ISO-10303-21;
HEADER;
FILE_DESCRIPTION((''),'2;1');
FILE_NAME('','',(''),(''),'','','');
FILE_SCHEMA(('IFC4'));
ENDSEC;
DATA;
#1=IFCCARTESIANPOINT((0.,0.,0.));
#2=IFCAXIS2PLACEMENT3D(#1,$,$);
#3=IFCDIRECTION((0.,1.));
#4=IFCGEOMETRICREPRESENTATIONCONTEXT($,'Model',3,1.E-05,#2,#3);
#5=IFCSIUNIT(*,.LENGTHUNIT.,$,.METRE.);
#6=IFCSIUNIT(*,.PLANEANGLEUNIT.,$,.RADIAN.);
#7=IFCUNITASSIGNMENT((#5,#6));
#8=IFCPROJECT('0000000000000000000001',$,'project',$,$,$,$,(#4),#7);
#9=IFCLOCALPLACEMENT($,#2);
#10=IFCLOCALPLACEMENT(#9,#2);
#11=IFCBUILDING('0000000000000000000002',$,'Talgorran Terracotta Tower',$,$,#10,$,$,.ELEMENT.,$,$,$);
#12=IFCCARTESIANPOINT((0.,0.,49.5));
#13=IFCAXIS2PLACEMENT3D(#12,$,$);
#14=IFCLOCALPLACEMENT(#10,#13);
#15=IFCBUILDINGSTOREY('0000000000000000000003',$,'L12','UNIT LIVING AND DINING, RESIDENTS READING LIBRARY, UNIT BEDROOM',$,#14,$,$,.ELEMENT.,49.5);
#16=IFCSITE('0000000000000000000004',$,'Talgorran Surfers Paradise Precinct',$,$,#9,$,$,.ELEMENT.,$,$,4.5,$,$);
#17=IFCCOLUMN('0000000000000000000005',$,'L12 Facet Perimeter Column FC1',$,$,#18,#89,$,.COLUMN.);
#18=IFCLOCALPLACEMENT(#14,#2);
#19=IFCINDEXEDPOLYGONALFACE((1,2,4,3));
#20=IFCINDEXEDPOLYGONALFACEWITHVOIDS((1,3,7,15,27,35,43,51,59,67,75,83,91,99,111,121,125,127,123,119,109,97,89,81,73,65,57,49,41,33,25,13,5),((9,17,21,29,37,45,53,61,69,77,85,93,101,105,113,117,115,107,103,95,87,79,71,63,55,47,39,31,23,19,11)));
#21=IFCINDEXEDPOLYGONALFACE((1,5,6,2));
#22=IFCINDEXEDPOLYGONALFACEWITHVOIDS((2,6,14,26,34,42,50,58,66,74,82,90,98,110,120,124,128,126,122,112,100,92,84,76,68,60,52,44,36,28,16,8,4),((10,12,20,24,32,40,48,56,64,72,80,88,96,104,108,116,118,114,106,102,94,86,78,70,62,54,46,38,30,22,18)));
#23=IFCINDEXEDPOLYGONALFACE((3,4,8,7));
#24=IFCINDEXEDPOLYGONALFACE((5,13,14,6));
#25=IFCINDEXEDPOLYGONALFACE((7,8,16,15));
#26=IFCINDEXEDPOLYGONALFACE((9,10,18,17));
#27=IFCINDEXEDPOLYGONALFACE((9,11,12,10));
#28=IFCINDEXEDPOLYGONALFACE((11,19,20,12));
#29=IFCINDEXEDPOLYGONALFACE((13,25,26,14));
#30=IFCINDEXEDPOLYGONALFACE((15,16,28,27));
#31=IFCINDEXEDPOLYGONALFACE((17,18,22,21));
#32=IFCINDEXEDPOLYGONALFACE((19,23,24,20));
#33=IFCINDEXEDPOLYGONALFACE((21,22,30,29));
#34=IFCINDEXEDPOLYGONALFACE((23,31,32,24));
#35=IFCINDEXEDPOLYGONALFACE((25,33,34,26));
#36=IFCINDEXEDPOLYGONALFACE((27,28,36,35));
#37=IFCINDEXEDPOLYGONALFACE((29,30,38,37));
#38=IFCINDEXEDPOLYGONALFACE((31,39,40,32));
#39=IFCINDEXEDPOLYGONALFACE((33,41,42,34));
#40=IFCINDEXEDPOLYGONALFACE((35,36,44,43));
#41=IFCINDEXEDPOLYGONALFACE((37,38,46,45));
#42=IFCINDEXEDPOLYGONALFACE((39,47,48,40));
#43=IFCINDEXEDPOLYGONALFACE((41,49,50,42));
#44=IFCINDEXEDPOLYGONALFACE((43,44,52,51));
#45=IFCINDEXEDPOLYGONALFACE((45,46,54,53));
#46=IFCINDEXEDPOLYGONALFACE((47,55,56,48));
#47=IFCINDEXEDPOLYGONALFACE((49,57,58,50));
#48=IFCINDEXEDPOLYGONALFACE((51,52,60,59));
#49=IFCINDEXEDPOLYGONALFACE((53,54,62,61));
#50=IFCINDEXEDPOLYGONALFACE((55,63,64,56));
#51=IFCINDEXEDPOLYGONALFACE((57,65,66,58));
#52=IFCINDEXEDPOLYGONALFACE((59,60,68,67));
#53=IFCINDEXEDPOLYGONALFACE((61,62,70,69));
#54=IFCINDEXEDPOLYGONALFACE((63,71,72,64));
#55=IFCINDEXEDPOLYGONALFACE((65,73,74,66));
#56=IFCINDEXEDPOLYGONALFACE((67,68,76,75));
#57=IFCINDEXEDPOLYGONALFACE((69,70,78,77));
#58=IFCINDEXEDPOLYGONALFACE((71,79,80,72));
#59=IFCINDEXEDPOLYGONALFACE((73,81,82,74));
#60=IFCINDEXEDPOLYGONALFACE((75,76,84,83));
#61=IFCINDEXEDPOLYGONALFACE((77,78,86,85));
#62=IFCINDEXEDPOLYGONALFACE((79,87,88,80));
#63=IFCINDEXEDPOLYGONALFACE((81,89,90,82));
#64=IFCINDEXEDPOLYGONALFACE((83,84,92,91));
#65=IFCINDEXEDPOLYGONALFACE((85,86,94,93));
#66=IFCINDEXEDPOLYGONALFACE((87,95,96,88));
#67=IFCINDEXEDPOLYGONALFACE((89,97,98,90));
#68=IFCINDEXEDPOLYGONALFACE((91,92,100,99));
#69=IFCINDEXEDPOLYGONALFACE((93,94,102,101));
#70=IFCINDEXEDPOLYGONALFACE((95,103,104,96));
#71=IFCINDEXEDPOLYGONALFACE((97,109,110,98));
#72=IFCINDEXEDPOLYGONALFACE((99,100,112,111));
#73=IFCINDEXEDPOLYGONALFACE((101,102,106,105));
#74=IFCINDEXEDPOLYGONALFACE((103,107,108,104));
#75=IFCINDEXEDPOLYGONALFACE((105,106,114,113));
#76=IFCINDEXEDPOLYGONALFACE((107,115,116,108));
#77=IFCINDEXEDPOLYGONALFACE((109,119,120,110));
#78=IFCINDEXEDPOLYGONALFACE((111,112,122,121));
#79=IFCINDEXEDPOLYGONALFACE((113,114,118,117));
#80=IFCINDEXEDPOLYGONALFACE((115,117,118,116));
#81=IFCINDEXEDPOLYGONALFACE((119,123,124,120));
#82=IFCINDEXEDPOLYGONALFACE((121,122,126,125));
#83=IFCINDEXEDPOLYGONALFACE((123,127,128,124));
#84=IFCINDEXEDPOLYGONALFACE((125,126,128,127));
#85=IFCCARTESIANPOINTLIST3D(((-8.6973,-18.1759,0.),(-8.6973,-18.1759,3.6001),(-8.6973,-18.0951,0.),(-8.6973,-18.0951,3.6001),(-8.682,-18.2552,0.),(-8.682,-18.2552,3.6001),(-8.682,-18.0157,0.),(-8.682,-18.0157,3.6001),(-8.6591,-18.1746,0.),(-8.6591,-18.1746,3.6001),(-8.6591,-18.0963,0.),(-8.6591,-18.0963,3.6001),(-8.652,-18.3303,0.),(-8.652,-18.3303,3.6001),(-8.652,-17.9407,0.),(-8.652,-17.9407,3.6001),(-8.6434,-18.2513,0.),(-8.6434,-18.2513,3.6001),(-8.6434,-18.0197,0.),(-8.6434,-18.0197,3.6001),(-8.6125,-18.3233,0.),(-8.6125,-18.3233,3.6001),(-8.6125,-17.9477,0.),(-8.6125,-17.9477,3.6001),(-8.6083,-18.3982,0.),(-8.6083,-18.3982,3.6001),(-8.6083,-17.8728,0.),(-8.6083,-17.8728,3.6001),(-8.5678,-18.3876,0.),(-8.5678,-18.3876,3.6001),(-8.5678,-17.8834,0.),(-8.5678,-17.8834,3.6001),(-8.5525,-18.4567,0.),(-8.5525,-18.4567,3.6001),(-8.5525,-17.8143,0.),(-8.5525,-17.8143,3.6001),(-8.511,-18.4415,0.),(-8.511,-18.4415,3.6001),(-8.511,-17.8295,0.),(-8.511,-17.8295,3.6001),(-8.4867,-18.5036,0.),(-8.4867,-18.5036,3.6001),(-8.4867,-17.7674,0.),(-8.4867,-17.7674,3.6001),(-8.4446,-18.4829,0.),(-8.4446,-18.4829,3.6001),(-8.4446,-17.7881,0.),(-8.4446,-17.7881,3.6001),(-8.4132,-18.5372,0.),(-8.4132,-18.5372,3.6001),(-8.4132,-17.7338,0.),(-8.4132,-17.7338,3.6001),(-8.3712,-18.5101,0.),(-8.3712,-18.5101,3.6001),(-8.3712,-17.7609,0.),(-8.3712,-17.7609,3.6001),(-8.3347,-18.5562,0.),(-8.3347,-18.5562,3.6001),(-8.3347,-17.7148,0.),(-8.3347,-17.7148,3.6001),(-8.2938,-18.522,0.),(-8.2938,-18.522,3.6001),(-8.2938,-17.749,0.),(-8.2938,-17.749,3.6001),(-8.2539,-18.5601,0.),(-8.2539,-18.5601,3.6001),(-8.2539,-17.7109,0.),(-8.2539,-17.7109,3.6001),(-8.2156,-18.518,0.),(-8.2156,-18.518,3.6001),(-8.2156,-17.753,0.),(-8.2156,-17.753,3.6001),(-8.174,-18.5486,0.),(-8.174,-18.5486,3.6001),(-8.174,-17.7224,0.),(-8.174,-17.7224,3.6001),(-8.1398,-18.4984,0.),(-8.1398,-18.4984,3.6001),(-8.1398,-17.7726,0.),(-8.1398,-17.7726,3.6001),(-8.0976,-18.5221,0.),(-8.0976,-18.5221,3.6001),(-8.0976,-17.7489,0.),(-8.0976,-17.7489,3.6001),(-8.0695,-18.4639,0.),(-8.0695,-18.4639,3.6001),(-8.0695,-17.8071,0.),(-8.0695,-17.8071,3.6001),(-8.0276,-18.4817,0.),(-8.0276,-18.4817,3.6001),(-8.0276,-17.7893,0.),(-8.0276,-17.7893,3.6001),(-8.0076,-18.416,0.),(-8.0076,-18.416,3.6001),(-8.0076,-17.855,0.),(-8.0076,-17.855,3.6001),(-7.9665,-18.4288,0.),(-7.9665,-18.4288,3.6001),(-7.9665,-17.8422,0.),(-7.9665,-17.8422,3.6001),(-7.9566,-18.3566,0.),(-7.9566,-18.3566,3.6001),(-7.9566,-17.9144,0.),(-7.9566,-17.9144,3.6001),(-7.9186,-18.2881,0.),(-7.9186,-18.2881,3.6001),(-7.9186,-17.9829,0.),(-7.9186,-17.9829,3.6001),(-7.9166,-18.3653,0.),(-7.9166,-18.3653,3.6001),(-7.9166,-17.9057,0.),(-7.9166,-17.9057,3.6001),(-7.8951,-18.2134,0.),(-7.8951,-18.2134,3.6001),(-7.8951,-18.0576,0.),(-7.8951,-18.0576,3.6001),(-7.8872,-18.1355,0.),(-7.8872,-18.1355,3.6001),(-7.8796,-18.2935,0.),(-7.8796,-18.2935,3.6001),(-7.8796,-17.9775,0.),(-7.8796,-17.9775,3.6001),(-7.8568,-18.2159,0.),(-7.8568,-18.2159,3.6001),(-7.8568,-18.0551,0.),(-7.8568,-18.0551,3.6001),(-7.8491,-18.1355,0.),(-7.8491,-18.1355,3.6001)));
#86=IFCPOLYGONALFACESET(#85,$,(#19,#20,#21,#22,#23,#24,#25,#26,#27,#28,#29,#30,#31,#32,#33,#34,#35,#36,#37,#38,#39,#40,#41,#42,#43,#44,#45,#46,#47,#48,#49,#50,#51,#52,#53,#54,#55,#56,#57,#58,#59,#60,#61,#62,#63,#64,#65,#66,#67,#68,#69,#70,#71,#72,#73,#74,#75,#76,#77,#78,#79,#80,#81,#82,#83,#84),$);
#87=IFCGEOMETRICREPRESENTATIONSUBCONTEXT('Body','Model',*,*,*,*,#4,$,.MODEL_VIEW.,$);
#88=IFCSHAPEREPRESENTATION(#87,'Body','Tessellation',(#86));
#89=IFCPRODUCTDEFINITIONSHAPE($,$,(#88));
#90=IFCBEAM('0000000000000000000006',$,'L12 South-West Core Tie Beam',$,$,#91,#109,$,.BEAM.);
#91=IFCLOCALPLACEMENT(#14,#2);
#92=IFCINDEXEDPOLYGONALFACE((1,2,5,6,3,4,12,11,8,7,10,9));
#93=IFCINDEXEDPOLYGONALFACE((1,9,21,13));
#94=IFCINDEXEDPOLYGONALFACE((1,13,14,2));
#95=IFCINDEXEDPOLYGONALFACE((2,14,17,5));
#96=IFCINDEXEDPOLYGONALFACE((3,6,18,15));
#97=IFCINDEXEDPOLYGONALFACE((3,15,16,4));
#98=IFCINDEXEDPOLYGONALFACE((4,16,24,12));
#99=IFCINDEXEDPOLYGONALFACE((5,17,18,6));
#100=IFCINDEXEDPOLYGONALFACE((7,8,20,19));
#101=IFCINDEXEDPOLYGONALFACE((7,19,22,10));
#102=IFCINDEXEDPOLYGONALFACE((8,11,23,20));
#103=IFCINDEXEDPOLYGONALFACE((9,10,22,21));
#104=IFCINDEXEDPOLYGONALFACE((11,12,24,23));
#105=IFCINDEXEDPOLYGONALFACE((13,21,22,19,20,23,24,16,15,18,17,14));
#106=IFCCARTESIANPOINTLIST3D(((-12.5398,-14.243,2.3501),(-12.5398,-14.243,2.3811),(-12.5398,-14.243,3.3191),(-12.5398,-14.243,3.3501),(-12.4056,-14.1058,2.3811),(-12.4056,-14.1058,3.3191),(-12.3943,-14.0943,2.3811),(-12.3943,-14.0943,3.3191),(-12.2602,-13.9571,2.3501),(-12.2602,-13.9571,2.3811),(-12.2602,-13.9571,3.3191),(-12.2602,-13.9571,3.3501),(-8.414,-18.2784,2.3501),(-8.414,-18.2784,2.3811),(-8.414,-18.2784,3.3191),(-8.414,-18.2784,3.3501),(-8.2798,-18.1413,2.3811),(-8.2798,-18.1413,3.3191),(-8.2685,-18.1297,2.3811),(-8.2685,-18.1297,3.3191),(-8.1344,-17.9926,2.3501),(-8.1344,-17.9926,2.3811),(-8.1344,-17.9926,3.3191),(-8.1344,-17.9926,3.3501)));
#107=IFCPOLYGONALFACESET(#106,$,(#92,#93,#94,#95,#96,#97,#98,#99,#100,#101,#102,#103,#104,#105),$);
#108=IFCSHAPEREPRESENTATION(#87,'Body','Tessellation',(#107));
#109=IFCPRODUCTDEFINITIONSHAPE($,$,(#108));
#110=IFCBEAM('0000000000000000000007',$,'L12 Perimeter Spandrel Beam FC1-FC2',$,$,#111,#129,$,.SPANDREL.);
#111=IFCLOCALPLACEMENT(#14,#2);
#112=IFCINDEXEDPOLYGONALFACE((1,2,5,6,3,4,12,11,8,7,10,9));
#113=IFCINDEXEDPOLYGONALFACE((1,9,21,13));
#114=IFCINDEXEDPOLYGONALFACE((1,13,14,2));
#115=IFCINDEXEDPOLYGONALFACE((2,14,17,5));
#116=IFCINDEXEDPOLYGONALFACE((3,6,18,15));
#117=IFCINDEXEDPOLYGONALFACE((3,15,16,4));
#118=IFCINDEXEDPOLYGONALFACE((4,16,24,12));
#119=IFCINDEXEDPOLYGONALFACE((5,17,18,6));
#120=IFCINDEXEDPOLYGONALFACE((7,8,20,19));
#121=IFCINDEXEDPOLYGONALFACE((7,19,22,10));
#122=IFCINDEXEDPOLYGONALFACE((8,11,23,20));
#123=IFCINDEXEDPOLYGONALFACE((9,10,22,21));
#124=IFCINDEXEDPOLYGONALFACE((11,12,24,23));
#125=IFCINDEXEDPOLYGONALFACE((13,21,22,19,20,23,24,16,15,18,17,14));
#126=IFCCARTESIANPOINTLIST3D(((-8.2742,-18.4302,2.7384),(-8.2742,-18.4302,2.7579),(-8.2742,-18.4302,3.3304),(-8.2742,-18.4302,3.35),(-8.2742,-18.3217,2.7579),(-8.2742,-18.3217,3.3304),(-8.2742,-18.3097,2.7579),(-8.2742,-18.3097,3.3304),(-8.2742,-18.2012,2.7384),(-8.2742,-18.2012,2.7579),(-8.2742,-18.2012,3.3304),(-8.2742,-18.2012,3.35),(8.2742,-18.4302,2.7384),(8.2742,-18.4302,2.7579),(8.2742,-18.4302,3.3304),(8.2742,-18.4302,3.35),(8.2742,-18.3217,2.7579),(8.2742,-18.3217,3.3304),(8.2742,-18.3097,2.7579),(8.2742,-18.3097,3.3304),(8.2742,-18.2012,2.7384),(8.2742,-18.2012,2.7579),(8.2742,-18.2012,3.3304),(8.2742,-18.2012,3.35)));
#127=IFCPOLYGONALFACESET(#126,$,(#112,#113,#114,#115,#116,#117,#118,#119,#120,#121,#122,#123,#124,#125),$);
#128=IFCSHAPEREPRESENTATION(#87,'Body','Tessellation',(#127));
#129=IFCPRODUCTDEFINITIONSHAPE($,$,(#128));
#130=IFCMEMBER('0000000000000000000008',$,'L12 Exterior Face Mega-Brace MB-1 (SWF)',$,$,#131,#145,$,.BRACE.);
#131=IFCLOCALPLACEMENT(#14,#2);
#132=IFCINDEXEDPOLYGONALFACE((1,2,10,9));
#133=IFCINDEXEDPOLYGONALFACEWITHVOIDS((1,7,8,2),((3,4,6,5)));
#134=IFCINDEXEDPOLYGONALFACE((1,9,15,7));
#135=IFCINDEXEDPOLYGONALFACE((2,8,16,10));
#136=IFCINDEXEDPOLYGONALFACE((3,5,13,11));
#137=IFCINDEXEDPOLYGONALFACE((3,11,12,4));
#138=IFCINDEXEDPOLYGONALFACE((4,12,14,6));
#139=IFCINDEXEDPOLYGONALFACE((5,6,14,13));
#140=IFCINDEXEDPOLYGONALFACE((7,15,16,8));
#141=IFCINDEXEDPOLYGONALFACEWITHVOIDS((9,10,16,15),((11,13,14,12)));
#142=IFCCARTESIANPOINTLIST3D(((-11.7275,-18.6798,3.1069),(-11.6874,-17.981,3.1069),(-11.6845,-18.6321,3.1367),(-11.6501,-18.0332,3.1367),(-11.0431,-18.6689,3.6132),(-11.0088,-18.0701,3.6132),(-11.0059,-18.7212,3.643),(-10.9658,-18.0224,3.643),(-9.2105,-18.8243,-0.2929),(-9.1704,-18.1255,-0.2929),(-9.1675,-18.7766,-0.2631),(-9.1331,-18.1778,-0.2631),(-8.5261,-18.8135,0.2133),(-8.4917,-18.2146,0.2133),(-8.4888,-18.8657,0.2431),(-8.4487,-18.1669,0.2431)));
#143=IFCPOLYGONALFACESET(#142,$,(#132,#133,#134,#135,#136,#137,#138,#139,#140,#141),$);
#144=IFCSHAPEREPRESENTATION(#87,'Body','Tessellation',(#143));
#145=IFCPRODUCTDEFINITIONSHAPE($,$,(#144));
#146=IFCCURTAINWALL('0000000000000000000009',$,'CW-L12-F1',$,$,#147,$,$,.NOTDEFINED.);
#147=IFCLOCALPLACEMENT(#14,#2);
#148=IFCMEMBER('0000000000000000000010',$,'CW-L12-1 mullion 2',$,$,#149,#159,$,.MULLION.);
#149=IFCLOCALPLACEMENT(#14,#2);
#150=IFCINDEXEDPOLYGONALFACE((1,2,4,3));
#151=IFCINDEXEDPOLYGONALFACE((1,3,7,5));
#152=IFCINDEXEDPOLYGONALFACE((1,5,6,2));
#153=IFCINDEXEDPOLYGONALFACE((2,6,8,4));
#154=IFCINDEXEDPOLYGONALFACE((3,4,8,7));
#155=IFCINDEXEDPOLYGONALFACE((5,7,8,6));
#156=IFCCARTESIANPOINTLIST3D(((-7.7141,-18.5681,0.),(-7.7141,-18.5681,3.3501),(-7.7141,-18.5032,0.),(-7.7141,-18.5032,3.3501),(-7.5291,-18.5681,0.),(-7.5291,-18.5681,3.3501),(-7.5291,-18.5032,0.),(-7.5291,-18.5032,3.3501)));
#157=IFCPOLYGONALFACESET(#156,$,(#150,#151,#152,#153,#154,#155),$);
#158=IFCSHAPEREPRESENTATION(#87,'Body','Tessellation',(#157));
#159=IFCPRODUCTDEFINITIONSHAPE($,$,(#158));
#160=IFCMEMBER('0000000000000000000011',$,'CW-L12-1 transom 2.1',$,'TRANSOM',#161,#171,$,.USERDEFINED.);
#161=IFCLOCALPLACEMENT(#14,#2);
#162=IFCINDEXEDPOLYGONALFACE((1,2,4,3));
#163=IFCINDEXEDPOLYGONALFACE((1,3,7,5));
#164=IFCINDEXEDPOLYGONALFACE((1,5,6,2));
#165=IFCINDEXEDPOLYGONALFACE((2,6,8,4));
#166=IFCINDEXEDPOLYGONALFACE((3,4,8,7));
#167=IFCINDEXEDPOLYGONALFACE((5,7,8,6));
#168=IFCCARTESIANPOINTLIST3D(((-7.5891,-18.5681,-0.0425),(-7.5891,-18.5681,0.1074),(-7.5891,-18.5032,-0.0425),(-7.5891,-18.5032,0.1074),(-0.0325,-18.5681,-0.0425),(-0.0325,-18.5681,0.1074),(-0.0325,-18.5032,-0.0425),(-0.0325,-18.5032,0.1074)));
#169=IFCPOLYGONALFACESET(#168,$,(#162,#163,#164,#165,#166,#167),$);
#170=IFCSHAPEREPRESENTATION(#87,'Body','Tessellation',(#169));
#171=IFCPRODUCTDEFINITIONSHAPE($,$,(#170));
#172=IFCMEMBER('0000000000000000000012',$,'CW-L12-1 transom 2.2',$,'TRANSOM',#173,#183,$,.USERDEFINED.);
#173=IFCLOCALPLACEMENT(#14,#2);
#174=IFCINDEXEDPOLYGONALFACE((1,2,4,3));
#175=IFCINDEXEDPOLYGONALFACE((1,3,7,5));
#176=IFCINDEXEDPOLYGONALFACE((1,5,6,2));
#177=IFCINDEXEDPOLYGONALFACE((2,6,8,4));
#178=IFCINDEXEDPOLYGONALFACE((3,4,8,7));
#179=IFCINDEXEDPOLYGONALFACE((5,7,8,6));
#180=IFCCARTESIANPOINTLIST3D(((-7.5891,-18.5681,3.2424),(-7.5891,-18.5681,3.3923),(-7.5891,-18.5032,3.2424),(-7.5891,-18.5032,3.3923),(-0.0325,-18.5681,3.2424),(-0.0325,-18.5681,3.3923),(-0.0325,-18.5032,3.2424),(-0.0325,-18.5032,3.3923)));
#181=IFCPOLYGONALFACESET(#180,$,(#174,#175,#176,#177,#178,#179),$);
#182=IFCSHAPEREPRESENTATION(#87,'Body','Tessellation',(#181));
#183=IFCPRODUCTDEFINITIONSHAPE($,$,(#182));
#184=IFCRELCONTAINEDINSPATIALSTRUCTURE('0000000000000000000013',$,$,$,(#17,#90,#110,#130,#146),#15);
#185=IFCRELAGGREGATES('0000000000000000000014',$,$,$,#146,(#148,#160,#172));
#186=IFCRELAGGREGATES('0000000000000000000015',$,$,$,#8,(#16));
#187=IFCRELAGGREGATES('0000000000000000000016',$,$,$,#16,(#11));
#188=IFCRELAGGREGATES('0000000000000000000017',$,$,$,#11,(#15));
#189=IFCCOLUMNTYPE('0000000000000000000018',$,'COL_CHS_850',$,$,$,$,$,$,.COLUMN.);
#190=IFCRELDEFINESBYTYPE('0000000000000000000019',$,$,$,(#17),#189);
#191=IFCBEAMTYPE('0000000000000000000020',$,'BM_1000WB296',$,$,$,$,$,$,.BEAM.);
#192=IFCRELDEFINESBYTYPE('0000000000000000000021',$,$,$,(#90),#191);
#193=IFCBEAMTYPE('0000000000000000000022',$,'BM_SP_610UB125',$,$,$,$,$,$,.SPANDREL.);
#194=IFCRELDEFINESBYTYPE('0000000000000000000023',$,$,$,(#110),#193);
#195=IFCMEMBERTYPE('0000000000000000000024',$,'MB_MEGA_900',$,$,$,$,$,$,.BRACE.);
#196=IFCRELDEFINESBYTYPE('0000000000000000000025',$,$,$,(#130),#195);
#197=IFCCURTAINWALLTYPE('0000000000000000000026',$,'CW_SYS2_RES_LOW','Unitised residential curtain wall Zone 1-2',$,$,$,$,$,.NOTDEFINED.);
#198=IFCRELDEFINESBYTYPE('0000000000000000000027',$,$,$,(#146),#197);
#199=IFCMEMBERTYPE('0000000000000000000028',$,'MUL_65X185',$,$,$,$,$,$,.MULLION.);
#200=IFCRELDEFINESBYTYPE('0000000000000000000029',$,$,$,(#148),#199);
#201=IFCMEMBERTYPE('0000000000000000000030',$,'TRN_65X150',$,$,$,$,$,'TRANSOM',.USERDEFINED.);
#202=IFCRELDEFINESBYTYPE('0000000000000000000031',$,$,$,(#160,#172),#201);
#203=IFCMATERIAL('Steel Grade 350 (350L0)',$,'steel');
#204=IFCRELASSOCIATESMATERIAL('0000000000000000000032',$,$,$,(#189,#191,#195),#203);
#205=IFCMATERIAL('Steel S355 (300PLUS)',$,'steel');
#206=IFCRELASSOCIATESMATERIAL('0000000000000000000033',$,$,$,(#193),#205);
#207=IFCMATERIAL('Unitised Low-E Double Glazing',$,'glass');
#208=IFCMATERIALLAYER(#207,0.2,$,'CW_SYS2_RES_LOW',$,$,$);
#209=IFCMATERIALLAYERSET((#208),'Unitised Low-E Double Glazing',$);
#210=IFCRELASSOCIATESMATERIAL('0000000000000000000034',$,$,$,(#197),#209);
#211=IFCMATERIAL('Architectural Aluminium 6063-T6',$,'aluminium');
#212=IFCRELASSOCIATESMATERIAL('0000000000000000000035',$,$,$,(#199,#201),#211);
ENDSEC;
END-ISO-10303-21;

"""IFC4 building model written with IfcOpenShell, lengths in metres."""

from ifc_helpers import new_model, si_unit, direction, frame, origin, origin_2d, place, context, subcontext, project, spatial, rectangle, hollow_rectangle, hollow_circle, i_section, extrude, material, layer, layer_set, material_profile, profile_set, type_object, element, aggregate, save


model = new_model("IFC4")

# Units and contexts
model_context = context("Model", 3, precision=1e-05, world=origin(), true_north=direction((0.0, 1.0)))
body_context = subcontext(model_context, "Body", "Model", "MODEL_VIEW")
ifc_project = project(units=[si_unit("LENGTHUNIT", "METRE"), si_unit("PLANEANGLEUNIT", "RADIAN")], contexts=[model_context])

# Site, building, storey
site_placement = place(None, origin())
site = spatial("IfcSite", under=ifc_project, at=site_placement, Name="Talgorran Surfers Paradise Precinct", CompositionType="ELEMENT", RefElevation=4.5)
building_placement = place(site_placement, origin())
building = spatial("IfcBuilding", under=site, at=building_placement, Name="Talgorran Terracotta Tower", CompositionType="ELEMENT")
storey_placement = place(building_placement, frame((0.0, 0.0, 49.5)))
storey = spatial("IfcBuildingStorey", under=building, at=storey_placement, Name="L12", Description="UNIT LIVING AND DINING, RESIDENTS READING LIBRARY, UNIT BEDROOM", CompositionType="ELEMENT", Elevation=49.5)

# Column
ifc_material_1 = material(Name="Steel Grade 350 (350L0)", Category="steel")
ifc_material_profile_1 = material_profile(ifc_material_1, hollow_circle(Radius=0.425, WallThickness=0.0381, at=origin_2d()), Name="CHS850X38")
ifc_profile_set_1 = profile_set([ifc_material_profile_1], Name="Steel Grade 350 (350L0)")
column_type = type_object("IfcColumnType", Name="COL_CHS_850", PredefinedType="COLUMN", material=ifc_profile_set_1)
column_placement = place(storey_placement, frame((-8.2742, -18.1355, 0.0), z_axis=(0.0, 0.0, 1.0), x_axis=(1.0, 0.0, 0.0)))
element("IfcColumn", 1, at=column_placement, inside=storey, type_object=column_type, Name="L12 Facet Perimeter Column FC1", PredefinedType="COLUMN", context=body_context, shape_type="SweptSolid", body=[
    extrude(hollow_circle(Radius=0.425, WallThickness=0.0381, at=origin_2d()), origin(), (0.0, 0.0, 1.0), 3.6001),
])

# Beams
ifc_material_profile_2 = material_profile(ifc_material_1, i_section(OverallWidth=0.3999, OverallDepth=1.0, WebThickness=0.0161, FlangeThickness=0.031, at=origin_2d()), Name="1000WB296")
ifc_profile_set_2 = profile_set([ifc_material_profile_2], Name="Steel Grade 350 (350L0)")
beam_type_1 = type_object("IfcBeamType", Name="BM_1000WB296", PredefinedType="BEAM", material=ifc_profile_set_2)
beam_1_placement = place(storey_placement, frame((-8.2742, -18.1355, 2.8501), z_axis=(-0.71489, 0.699237, 0.0), x_axis=(-0.699237, -0.71489, 0.0)))
element("IfcBeam", 2, at=beam_1_placement, inside=storey, type_object=beam_type_1, Name="L12 South-West Core Tie Beam", PredefinedType="BEAM", context=body_context, shape_type="SweptSolid", body=[
    extrude(i_section(OverallWidth=0.3999, OverallDepth=1.0, WebThickness=0.0161, FlangeThickness=0.031, at=origin_2d()), origin(), (0.0, 0.0, 1.0), 5.7712),
])
ifc_material_2 = material(Name="Steel S355 (300PLUS)", Category="steel")
ifc_material_profile_3 = material_profile(ifc_material_2, i_section(OverallWidth=0.229, OverallDepth=0.6116, WebThickness=0.012, FlangeThickness=0.0195, at=origin_2d()), Name="610UB125")
ifc_profile_set_3 = profile_set([ifc_material_profile_3], Name="Steel S355 (300PLUS)")
beam_type_2 = type_object("IfcBeamType", Name="BM_SP_610UB125", PredefinedType="SPANDREL", material=ifc_profile_set_3)
beam_2_placement = place(storey_placement, frame((-8.2742, -18.3157, 3.0442), z_axis=(1.0, 0.0, 0.0), x_axis=(0.0, 1.0, 0.0)))
element("IfcBeam", 3, at=beam_2_placement, inside=storey, type_object=beam_type_2, Name="L12 Perimeter Spandrel Beam FC1-FC2", PredefinedType="SPANDREL", context=body_context, shape_type="SweptSolid", body=[
    extrude(i_section(OverallWidth=0.229, OverallDepth=0.6116, WebThickness=0.012, FlangeThickness=0.0195, at=origin_2d()), origin(), (0.0, 0.0, 1.0), 16.5483),
])

# Member
ifc_material_profile_4 = material_profile(ifc_material_1, hollow_rectangle(XDim=0.7, YDim=0.8999, WallThickness=0.05, at=origin_2d()), Name="WBOX900X700X50")
ifc_profile_set_4 = profile_set([ifc_material_profile_4], Name="Steel Grade 350 (350L0)")
member_type_1 = type_object("IfcMemberType", Name="MB_MEGA_900", PredefinedType="BRACE", material=ifc_profile_set_4)
member_1_placement = place(storey_placement, frame((-8.8296, -18.4956, -0.0249), z_axis=(-0.594674, 0.034146, 0.803242), x_axis=(-0.057326, -0.998356, 0.0)))
element("IfcMember", 4, at=member_1_placement, inside=storey, type_object=member_type_1, Name="L12 Exterior Face Mega-Brace MB-1 (SWF)", PredefinedType="BRACE", context=body_context, shape_type="SweptSolid", body=[
    extrude(hollow_rectangle(XDim=0.7, YDim=0.8999, WallThickness=0.05, at=origin_2d()), origin(), (0.0, 0.0, 1.0), 4.2327),
])

# Curtain wall, members
ifc_material_3 = material(Name="Unitised Low-E Double Glazing", Category="glass")
ifc_layer_1 = layer(ifc_material_3, 0.2, Name="CW_SYS2_RES_LOW")
ifc_layer_set_1 = layer_set([ifc_layer_1], Name="Unitised Low-E Double Glazing")
curtain_wall_type = type_object("IfcCurtainWallType", Name="CW_SYS2_RES_LOW", Description="Unitised residential curtain wall Zone 1-2", PredefinedType="NOTDEFINED", material=ifc_layer_set_1)
curtain_wall_placement = place(storey_placement, origin())
curtain_wall = element("IfcCurtainWall", 5, at=curtain_wall_placement, inside=storey, type_object=curtain_wall_type, Name="CW-L12-F1", PredefinedType="NOTDEFINED")
ifc_material_4 = material(Name="Architectural Aluminium 6063-T6", Category="aluminium")
ifc_material_profile_5 = material_profile(ifc_material_4, rectangle(XDim=0.0649, YDim=0.1851, at=origin_2d()), Name="CWM65X185")
ifc_profile_set_5 = profile_set([ifc_material_profile_5], Name="Architectural Aluminium 6063-T6")
member_type_2 = type_object("IfcMemberType", Name="MUL_65X185", PredefinedType="MULLION", material=ifc_profile_set_5)
member_2_placement = place(storey_placement, frame((-7.6216, -18.5356, 0.0), z_axis=(0.0, 0.0, 1.0), x_axis=(0.0, 1.0, 0.0)))
member_2 = element("IfcMember", 6, at=member_2_placement, type_object=member_type_2, Name="CW-L12-1 mullion 2", PredefinedType="MULLION", context=body_context, shape_type="SweptSolid", body=[
    extrude(rectangle(XDim=0.0649, YDim=0.1851, at=origin_2d()), origin(), (0.0, 0.0, 1.0), 3.3501),
])
ifc_material_profile_6 = material_profile(ifc_material_4, rectangle(XDim=0.0649, YDim=0.1499, at=origin_2d()), Name="CWT65X150")
ifc_profile_set_6 = profile_set([ifc_material_profile_6], Name="Architectural Aluminium 6063-T6")
member_type_3 = type_object("IfcMemberType", Name="TRN_65X150", ElementType="TRANSOM", PredefinedType="USERDEFINED", material=ifc_profile_set_6)
member_3_placement = place(storey_placement, frame((-7.5891, -18.5356, 0.0325), z_axis=(1.0, 0.0, 0.0), x_axis=(0.0, 1.0, 0.0)))
member_3 = element("IfcMember", 7, at=member_3_placement, type_object=member_type_3, Name="CW-L12-1 transom 2.1", ObjectType="TRANSOM", PredefinedType="USERDEFINED", context=body_context, shape_type="SweptSolid", body=[
    extrude(rectangle(XDim=0.0649, YDim=0.1499, at=origin_2d()), origin(), (0.0, 0.0, 1.0), 7.5566),
])
member_4_placement = place(storey_placement, frame((-7.5891, -18.5356, 3.3174), z_axis=(1.0, 0.0, 0.0), x_axis=(0.0, 1.0, 0.0)))
member_4 = element("IfcMember", 8, at=member_4_placement, type_object=member_type_3, Name="CW-L12-1 transom 2.2", ObjectType="TRANSOM", PredefinedType="USERDEFINED", context=body_context, shape_type="SweptSolid", body=[
    extrude(rectangle(XDim=0.0649, YDim=0.1499, at=origin_2d()), origin(), (0.0, 0.0, 1.0), 7.5566),
])

aggregate(curtain_wall, [member_2, member_3, member_4])

save(model, "model.ifc")
